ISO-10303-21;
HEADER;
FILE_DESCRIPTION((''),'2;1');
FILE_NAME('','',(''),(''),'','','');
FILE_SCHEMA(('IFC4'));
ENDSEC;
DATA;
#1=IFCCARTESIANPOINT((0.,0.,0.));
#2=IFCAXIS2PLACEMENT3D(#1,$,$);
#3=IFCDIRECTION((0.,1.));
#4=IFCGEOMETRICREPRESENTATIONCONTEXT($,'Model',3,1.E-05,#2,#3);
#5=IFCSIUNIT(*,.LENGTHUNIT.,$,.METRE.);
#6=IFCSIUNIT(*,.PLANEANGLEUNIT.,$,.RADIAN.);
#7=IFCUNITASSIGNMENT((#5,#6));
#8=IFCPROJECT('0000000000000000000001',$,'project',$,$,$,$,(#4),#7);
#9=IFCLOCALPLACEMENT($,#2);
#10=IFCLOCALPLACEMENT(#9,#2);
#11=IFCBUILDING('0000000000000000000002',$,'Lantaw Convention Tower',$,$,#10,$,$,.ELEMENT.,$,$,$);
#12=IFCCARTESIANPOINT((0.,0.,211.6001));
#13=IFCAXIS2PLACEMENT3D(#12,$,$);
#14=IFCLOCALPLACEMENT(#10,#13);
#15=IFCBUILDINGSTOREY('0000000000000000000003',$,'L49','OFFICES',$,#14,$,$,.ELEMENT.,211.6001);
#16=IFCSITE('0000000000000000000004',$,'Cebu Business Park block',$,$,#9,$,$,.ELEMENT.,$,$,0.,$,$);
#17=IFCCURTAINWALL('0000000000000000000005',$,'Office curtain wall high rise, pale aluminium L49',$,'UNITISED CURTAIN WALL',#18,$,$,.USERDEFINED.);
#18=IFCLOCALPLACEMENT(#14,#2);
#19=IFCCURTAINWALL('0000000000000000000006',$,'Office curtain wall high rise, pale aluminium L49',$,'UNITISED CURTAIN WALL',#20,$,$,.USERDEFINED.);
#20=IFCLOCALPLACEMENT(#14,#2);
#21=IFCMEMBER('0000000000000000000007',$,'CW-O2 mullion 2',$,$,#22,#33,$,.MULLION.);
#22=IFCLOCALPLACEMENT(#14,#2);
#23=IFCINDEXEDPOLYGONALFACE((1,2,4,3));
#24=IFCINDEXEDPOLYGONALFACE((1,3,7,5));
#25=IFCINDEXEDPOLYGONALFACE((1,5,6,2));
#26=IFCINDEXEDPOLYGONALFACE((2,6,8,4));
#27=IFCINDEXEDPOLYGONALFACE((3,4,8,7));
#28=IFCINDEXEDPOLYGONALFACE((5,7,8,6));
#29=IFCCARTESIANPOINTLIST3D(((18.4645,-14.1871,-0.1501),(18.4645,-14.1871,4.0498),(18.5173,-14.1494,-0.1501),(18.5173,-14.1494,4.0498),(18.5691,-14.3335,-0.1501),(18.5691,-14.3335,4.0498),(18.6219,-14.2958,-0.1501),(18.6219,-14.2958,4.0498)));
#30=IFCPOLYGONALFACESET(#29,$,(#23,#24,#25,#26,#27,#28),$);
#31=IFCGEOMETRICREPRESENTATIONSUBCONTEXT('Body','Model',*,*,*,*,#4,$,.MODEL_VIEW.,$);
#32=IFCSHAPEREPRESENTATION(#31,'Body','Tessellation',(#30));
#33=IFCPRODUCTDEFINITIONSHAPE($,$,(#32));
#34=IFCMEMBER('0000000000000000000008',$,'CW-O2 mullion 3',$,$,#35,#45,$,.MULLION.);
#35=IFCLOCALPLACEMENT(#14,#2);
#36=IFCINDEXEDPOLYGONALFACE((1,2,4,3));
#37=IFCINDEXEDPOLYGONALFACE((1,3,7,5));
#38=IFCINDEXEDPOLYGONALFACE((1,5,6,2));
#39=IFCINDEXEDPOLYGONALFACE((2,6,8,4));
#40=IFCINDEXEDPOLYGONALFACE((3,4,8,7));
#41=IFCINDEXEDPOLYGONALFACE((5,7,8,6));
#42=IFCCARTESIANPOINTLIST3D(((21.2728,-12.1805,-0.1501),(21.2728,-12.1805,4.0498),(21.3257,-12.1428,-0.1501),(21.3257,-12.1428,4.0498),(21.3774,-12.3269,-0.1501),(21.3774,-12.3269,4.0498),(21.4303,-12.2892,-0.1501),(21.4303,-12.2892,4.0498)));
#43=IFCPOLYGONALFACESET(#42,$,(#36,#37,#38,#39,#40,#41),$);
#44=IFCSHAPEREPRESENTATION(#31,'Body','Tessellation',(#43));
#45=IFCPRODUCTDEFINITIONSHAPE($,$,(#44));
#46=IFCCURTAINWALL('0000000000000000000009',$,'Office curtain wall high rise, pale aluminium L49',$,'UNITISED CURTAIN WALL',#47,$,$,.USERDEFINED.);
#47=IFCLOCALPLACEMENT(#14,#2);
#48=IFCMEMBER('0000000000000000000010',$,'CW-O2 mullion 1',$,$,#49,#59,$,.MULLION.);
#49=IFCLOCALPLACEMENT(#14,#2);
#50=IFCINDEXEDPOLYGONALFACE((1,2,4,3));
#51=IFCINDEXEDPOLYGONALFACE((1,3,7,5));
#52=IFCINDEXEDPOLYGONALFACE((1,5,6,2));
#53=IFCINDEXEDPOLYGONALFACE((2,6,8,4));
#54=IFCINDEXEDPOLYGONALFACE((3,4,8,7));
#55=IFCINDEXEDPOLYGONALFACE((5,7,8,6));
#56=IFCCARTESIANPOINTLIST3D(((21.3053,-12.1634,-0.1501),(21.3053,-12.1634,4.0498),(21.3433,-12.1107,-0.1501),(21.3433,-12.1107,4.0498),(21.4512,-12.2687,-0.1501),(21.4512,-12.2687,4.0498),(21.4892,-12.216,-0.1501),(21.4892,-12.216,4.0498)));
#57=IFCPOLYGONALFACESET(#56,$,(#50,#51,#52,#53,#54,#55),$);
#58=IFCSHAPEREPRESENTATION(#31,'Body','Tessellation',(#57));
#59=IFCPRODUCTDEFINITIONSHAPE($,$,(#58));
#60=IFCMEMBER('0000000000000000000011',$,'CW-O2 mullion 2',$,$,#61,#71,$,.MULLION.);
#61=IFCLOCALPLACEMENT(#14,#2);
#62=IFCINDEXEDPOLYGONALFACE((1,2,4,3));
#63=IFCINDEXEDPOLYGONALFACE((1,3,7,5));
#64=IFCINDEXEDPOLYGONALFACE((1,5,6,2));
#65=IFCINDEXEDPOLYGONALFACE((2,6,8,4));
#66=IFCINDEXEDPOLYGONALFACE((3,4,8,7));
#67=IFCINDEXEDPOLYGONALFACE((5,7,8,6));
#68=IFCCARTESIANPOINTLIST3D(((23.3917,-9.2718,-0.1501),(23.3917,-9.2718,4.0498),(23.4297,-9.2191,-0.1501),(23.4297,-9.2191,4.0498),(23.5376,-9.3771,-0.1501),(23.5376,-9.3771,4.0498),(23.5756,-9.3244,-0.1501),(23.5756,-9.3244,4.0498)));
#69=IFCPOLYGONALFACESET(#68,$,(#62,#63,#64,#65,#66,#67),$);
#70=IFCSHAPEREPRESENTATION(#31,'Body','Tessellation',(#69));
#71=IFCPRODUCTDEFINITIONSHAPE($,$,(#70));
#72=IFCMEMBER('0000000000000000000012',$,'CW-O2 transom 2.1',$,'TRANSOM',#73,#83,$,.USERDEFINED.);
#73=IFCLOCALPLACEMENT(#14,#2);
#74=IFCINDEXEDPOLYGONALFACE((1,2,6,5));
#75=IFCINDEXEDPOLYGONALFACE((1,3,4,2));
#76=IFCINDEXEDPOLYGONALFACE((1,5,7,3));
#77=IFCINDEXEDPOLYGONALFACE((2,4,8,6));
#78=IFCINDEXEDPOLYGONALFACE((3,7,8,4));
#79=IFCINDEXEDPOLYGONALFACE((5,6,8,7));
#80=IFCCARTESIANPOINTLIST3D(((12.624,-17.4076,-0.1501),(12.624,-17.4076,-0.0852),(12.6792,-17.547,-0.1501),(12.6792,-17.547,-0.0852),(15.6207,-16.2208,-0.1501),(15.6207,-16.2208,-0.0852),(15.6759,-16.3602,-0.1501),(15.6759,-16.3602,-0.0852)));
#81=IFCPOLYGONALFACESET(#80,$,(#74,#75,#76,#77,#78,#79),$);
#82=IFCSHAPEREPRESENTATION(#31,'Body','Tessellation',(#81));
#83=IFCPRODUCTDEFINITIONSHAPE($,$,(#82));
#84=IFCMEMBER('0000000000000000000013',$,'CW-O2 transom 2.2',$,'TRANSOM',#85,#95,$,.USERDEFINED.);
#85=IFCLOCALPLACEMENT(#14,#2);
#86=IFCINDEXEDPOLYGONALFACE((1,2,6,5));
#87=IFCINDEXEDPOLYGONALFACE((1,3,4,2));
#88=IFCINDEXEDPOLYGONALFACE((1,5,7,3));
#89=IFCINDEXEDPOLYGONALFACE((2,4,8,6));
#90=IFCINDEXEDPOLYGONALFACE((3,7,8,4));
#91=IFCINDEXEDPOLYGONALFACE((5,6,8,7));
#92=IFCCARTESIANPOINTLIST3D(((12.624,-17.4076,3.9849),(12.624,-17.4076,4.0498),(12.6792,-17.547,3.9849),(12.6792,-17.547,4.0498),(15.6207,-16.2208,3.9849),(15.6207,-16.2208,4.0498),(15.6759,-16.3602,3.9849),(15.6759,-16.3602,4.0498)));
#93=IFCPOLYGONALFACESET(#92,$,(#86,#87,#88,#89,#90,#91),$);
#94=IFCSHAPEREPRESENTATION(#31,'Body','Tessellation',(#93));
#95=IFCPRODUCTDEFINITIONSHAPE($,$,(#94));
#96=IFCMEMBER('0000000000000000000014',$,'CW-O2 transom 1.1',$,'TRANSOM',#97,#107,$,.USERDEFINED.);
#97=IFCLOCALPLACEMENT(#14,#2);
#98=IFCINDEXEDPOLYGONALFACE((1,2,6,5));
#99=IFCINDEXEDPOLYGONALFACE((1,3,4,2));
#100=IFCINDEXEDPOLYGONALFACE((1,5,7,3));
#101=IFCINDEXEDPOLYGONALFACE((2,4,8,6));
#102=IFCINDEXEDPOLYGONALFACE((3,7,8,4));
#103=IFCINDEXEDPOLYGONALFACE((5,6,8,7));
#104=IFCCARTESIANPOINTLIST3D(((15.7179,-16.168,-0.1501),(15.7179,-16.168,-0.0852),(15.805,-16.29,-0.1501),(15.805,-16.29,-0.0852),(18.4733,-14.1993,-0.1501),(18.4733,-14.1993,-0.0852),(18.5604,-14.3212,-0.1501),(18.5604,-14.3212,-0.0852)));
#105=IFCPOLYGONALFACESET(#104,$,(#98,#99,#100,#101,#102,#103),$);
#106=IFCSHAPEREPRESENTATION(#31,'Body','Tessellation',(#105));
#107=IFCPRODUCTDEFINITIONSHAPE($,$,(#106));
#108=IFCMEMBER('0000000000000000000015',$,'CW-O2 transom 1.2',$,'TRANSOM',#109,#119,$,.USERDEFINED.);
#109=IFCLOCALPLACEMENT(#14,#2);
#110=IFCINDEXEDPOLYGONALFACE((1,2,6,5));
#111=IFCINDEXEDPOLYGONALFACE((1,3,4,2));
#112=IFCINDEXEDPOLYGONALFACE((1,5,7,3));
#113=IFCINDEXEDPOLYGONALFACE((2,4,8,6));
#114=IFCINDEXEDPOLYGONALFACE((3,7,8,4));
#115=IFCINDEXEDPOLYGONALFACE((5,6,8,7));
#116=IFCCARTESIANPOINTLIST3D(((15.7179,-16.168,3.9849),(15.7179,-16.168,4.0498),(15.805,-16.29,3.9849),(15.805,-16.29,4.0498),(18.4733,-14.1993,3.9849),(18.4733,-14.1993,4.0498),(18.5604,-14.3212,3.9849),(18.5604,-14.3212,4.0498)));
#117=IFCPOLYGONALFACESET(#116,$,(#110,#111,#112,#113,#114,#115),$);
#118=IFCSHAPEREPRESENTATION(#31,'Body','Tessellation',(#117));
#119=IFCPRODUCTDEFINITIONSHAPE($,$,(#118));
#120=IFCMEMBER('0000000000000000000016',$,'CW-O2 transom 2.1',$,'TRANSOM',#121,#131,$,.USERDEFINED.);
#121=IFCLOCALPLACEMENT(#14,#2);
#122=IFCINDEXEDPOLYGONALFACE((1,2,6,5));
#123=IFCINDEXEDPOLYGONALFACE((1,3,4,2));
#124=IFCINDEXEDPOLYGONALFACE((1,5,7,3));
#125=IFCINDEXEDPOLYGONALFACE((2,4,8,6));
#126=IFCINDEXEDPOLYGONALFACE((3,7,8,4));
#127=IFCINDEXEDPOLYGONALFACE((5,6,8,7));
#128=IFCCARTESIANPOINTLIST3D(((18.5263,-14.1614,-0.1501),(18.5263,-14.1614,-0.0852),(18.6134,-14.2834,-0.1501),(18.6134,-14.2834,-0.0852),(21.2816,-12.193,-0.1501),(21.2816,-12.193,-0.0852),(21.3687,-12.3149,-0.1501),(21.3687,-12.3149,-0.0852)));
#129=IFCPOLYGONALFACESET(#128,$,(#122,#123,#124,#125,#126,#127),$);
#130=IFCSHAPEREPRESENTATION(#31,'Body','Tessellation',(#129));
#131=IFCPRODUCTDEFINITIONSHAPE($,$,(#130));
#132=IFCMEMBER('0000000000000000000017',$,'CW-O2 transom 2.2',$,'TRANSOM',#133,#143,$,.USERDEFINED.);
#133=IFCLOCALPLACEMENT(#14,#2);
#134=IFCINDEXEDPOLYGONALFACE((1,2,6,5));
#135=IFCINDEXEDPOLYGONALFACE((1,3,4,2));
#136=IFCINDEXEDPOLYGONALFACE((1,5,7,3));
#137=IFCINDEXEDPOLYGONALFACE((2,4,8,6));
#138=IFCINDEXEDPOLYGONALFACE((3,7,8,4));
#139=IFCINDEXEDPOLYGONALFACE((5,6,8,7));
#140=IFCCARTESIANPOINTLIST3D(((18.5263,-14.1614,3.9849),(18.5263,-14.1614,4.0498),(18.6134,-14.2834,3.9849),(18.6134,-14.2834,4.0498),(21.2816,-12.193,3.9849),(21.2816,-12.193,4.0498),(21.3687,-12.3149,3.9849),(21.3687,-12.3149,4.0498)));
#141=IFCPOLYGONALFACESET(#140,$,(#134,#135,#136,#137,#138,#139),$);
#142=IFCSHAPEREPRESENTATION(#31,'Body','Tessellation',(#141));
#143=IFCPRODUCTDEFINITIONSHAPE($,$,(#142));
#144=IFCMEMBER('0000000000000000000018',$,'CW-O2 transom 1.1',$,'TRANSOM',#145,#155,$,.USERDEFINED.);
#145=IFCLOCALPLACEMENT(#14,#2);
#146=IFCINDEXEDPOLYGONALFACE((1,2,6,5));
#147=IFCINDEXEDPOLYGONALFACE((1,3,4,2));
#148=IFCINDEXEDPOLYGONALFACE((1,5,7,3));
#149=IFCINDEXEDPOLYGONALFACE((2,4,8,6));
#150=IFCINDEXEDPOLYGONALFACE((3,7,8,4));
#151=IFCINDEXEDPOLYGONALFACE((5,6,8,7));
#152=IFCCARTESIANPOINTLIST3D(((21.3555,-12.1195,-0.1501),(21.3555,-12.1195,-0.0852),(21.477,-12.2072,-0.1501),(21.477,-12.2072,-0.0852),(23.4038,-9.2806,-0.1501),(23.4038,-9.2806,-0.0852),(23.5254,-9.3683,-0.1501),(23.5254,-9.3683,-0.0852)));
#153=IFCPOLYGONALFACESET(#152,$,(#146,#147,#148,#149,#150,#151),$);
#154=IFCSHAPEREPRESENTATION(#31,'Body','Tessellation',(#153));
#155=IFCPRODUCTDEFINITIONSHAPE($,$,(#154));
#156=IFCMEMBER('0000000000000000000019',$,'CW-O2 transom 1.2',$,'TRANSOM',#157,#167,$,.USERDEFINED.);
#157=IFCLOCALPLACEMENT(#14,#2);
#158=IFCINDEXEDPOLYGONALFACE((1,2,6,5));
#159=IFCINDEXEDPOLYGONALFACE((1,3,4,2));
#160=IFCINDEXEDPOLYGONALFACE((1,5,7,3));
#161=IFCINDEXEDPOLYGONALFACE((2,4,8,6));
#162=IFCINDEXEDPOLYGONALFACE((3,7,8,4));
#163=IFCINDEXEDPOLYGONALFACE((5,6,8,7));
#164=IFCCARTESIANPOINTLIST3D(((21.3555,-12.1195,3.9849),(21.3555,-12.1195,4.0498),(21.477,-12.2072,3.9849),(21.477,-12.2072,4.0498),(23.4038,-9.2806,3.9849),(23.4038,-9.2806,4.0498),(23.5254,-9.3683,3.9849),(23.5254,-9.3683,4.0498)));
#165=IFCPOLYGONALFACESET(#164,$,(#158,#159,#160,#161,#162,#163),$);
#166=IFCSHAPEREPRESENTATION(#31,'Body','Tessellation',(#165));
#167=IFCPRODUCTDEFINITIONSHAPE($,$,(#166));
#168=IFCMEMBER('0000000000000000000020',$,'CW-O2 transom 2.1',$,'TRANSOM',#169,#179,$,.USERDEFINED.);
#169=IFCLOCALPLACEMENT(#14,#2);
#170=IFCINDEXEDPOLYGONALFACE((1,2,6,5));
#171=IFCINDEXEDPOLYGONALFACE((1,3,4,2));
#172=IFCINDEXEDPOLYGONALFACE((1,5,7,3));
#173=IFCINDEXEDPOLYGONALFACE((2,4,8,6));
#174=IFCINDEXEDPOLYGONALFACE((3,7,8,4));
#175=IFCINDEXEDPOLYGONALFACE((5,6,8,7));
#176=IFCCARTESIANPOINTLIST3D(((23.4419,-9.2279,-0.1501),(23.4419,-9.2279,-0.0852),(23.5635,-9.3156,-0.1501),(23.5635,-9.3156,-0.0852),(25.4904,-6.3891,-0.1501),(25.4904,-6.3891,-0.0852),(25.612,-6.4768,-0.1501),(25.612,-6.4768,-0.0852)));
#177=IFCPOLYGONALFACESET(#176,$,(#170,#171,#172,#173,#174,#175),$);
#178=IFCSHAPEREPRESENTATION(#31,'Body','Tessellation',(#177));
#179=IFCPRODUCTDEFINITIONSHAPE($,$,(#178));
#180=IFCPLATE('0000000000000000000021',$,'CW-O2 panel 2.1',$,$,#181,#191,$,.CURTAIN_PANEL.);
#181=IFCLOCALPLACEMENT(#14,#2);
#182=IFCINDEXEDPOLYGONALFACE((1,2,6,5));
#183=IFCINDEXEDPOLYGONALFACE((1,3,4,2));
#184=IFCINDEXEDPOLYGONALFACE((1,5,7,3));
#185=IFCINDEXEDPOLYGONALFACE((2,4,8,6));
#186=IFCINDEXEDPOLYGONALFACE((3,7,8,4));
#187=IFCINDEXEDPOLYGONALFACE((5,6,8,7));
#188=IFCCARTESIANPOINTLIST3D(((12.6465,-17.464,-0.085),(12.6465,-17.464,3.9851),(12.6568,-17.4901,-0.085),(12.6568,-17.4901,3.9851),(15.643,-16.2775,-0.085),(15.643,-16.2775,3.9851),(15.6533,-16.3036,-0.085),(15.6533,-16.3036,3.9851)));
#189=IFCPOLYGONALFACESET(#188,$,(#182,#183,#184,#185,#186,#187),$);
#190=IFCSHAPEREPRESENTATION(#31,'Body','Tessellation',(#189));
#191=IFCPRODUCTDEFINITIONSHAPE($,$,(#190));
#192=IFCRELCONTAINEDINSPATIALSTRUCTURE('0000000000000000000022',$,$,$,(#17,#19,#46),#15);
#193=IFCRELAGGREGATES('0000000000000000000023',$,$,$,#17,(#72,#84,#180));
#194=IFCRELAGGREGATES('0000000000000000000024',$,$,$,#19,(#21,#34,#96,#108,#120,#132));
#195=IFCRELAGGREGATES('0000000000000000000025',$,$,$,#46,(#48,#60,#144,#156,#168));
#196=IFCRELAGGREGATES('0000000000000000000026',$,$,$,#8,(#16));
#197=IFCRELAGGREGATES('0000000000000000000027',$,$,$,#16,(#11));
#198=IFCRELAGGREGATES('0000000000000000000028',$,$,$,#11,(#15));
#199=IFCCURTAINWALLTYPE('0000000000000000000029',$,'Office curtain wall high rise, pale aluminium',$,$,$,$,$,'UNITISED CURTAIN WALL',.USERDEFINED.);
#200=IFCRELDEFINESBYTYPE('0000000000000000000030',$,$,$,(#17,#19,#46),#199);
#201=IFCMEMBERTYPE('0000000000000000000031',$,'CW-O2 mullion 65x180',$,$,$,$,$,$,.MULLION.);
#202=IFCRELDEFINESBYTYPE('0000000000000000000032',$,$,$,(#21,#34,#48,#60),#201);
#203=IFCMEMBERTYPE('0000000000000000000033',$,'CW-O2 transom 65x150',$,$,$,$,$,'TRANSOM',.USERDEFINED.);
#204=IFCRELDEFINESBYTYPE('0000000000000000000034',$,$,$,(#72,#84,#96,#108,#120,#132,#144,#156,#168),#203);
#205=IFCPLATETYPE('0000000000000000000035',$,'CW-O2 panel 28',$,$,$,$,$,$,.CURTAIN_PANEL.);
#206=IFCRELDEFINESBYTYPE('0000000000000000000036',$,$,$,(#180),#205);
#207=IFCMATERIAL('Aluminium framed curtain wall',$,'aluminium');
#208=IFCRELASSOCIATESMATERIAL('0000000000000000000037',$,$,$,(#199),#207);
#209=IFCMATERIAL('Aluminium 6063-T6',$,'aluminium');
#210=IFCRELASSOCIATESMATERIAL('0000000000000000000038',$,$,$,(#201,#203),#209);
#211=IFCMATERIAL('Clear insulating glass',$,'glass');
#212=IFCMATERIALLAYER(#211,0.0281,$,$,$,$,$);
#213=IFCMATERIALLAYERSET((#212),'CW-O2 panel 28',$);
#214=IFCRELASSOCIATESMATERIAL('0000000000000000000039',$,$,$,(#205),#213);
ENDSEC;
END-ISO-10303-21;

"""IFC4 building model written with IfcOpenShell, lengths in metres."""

from ifc_helpers import new_model, si_unit, direction, frame, origin, origin_2d, place, context, subcontext, project, spatial, rectangle, extrude, material, layer, layer_set, material_profile, profile_set, type_object, element, aggregate, save


model = new_model("IFC4")

# Units and contexts
model_context = context("Model", 3, precision=1e-05, world=origin(), true_north=direction((0.0, 1.0)))
body_context = subcontext(model_context, "Body", "Model", "MODEL_VIEW")
ifc_project = project(units=[si_unit("LENGTHUNIT", "METRE"), si_unit("PLANEANGLEUNIT", "RADIAN")], contexts=[model_context])

# Site, building, storey
site_placement = place(None, origin())
site = spatial("IfcSite", under=ifc_project, at=site_placement, Name="Cebu Business Park block", CompositionType="ELEMENT", RefElevation=0.0)
building_placement = place(site_placement, origin())
building = spatial("IfcBuilding", under=site, at=building_placement, Name="Lantaw Convention Tower", CompositionType="ELEMENT")
storey_placement = place(building_placement, frame((0.0, 0.0, 211.6001)))
storey = spatial("IfcBuildingStorey", under=building, at=storey_placement, Name="L49", Description="OFFICES", CompositionType="ELEMENT", Elevation=211.6001)

# Curtain walls, members
ifc_material_1 = material(Name="Aluminium framed curtain wall", Category="aluminium")
curtain_wall_type = type_object("IfcCurtainWallType", Name="Office curtain wall high rise, pale aluminium", ElementType="UNITISED CURTAIN WALL", PredefinedType="USERDEFINED", material=ifc_material_1)
curtain_wall_1_placement = place(storey_placement, origin())
curtain_wall_1 = element("IfcCurtainWall", 1, at=curtain_wall_1_placement, inside=storey, type_object=curtain_wall_type, Name="Office curtain wall high rise, pale aluminium L49", ObjectType="UNITISED CURTAIN WALL", PredefinedType="USERDEFINED")
ifc_material_2 = material(Name="Aluminium 6063-T6", Category="aluminium")
ifc_material_profile_1 = material_profile(ifc_material_2, rectangle(XDim=0.1799, YDim=0.0649, at=origin_2d()), Name="CW-O2 mullion 65x180")
ifc_profile_set_1 = profile_set([ifc_material_profile_1], Name="Aluminium 6063-T6")
member_type_1 = type_object("IfcMemberType", Name="CW-O2 mullion 65x180", PredefinedType="MULLION", material=ifc_profile_set_1)
curtain_wall_2_placement = place(storey_placement, origin())
curtain_wall_2 = element("IfcCurtainWall", 2, at=curtain_wall_2_placement, inside=storey, type_object=curtain_wall_type, Name="Office curtain wall high rise, pale aluminium L49", ObjectType="UNITISED CURTAIN WALL", PredefinedType="USERDEFINED")
member_1_placement = place(storey_placement, frame((18.5432, -14.2415, -0.1501), z_axis=(0.0, 0.0, 1.0), x_axis=(-0.581323, 0.813673, 0.0)))
member_1 = element("IfcMember", 3, at=member_1_placement, type_object=member_type_1, Name="CW-O2 mullion 2", PredefinedType="MULLION", context=body_context, shape_type="SweptSolid", body=[
    extrude(rectangle(XDim=0.1799, YDim=0.0649, at=origin_2d()), origin(), (0.0, 0.0, 1.0), 4.2),
])
member_2_placement = place(storey_placement, frame((21.3516, -12.2349, -0.1501), z_axis=(0.0, 0.0, 1.0), x_axis=(-0.581323, 0.813673, 0.0)))
member_2 = element("IfcMember", 4, at=member_2_placement, type_object=member_type_1, Name="CW-O2 mullion 3", PredefinedType="MULLION", context=body_context, shape_type="SweptSolid", body=[
    extrude(rectangle(XDim=0.1799, YDim=0.0649, at=origin_2d()), origin(), (0.0, 0.0, 1.0), 4.2),
])
curtain_wall_3_placement = place(storey_placement, origin())
curtain_wall_3 = element("IfcCurtainWall", 5, at=curtain_wall_3_placement, inside=storey, type_object=curtain_wall_type, Name="Office curtain wall high rise, pale aluminium L49", ObjectType="UNITISED CURTAIN WALL", PredefinedType="USERDEFINED")
member_3_placement = place(storey_placement, frame((21.3972, -12.1897, -0.1501), z_axis=(0.0, 0.0, 1.0), x_axis=(-0.81092, 0.585158, 0.0)))
member_3 = element("IfcMember", 6, at=member_3_placement, type_object=member_type_1, Name="CW-O2 mullion 1", PredefinedType="MULLION", context=body_context, shape_type="SweptSolid", body=[
    extrude(rectangle(XDim=0.1799, YDim=0.0649, at=origin_2d()), origin(), (0.0, 0.0, 1.0), 4.2),
])
member_4_placement = place(storey_placement, frame((23.4836, -9.2981, -0.1501), z_axis=(0.0, 0.0, 1.0), x_axis=(-0.81092, 0.585158, 0.0)))
member_4 = element("IfcMember", 7, at=member_4_placement, type_object=member_type_1, Name="CW-O2 mullion 2", PredefinedType="MULLION", context=body_context, shape_type="SweptSolid", body=[
    extrude(rectangle(XDim=0.1799, YDim=0.0649, at=origin_2d()), origin(), (0.0, 0.0, 1.0), 4.2),
])

# Members
ifc_material_profile_2 = material_profile(ifc_material_2, rectangle(XDim=0.1499, YDim=0.0649, at=origin_2d()), Name="CW-O2 transom 65x150")
ifc_profile_set_2 = profile_set([ifc_material_profile_2], Name="Aluminium 6063-T6")
member_type_2 = type_object("IfcMemberType", Name="CW-O2 transom 65x150", ElementType="TRANSOM", PredefinedType="USERDEFINED", material=ifc_profile_set_2)
member_5_placement = place(storey_placement, frame((12.6516, -17.4773, -0.1177), z_axis=(0.929741, 0.368215, 0.0), x_axis=(-0.368215, 0.929741, 0.0)))
member_5 = element("IfcMember", 8, at=member_5_placement, type_object=member_type_2, Name="CW-O2 transom 2.1", ObjectType="TRANSOM", PredefinedType="USERDEFINED", context=body_context, shape_type="SweptSolid", body=[
    extrude(rectangle(XDim=0.1499, YDim=0.0649, at=origin_2d()), origin(), (0.0, 0.0, 1.0), 3.2231),
])
member_6_placement = place(storey_placement, frame((12.6516, -17.4773, 4.0173), z_axis=(0.929741, 0.368215, 0.0), x_axis=(-0.368215, 0.929741, 0.0)))
member_6 = element("IfcMember", 9, at=member_6_placement, type_object=member_type_2, Name="CW-O2 transom 2.2", ObjectType="TRANSOM", PredefinedType="USERDEFINED", context=body_context, shape_type="SweptSolid", body=[
    extrude(rectangle(XDim=0.1499, YDim=0.0649, at=origin_2d()), origin(), (0.0, 0.0, 1.0), 3.2231),
])
member_7_placement = place(storey_placement, frame((15.7615, -16.229, -0.1177), z_axis=(0.813646, 0.581361, 0.0), x_axis=(-0.581361, 0.813646, 0.0)))
member_7 = element("IfcMember", 10, at=member_7_placement, type_object=member_type_2, Name="CW-O2 transom 1.1", ObjectType="TRANSOM", PredefinedType="USERDEFINED", context=body_context, shape_type="SweptSolid", body=[
    extrude(rectangle(XDim=0.1499, YDim=0.0649, at=origin_2d()), origin(), (0.0, 0.0, 1.0), 3.3865),
])
member_8_placement = place(storey_placement, frame((15.7615, -16.229, 4.0173), z_axis=(0.813646, 0.581361, 0.0), x_axis=(-0.581361, 0.813646, 0.0)))
member_8 = element("IfcMember", 11, at=member_8_placement, type_object=member_type_2, Name="CW-O2 transom 1.2", ObjectType="TRANSOM", PredefinedType="USERDEFINED", context=body_context, shape_type="SweptSolid", body=[
    extrude(rectangle(XDim=0.1499, YDim=0.0649, at=origin_2d()), origin(), (0.0, 0.0, 1.0), 3.3865),
])
member_9_placement = place(storey_placement, frame((18.5698, -14.2224, -0.1177), z_axis=(0.81368, 0.581313, 0.0), x_axis=(-0.581313, 0.81368, 0.0)))
member_9 = element("IfcMember", 12, at=member_9_placement, type_object=member_type_2, Name="CW-O2 transom 2.1", ObjectType="TRANSOM", PredefinedType="USERDEFINED", context=body_context, shape_type="SweptSolid", body=[
    extrude(rectangle(XDim=0.1499, YDim=0.0649, at=origin_2d()), origin(), (0.0, 0.0, 1.0), 3.3862),
])
member_10_placement = place(storey_placement, frame((18.5698, -14.2224, 4.0173), z_axis=(0.81368, 0.581313, 0.0), x_axis=(-0.581313, 0.81368, 0.0)))
member_10 = element("IfcMember", 13, at=member_10_placement, type_object=member_type_2, Name="CW-O2 transom 2.2", ObjectType="TRANSOM", PredefinedType="USERDEFINED", context=body_context, shape_type="SweptSolid", body=[
    extrude(rectangle(XDim=0.1499, YDim=0.0649, at=origin_2d()), origin(), (0.0, 0.0, 1.0), 3.3862),
])
member_11_placement = place(storey_placement, frame((21.4163, -12.1633, -0.1177), z_axis=(0.585124, 0.810944, 0.0), x_axis=(-0.810944, 0.585124, 0.0)))
member_11 = element("IfcMember", 14, at=member_11_placement, type_object=member_type_2, Name="CW-O2 transom 1.1", ObjectType="TRANSOM", PredefinedType="USERDEFINED", context=body_context, shape_type="SweptSolid", body=[
    extrude(rectangle(XDim=0.1499, YDim=0.0649, at=origin_2d()), origin(), (0.0, 0.0, 1.0), 3.5007),
])
member_12_placement = place(storey_placement, frame((21.4163, -12.1633, 4.0173), z_axis=(0.585124, 0.810944, 0.0), x_axis=(-0.810944, 0.585124, 0.0)))
member_12 = element("IfcMember", 15, at=member_12_placement, type_object=member_type_2, Name="CW-O2 transom 1.2", ObjectType="TRANSOM", PredefinedType="USERDEFINED", context=body_context, shape_type="SweptSolid", body=[
    extrude(rectangle(XDim=0.1499, YDim=0.0649, at=origin_2d()), origin(), (0.0, 0.0, 1.0), 3.5007),
])
member_13_placement = place(storey_placement, frame((23.5027, -9.2717, -0.1177), z_axis=(0.58517, 0.810911, 0.0), x_axis=(-0.810911, 0.58517, 0.0)))
member_13 = element("IfcMember", 16, at=member_13_placement, type_object=member_type_2, Name="CW-O2 transom 2.1", ObjectType="TRANSOM", PredefinedType="USERDEFINED", context=body_context, shape_type="SweptSolid", body=[
    extrude(rectangle(XDim=0.1499, YDim=0.0649, at=origin_2d()), origin(), (0.0, 0.0, 1.0), 3.5007),
])

# Plate
ifc_material_3 = material(Name="Clear insulating glass", Category="glass")
ifc_layer_1 = layer(ifc_material_3, 0.0281)
ifc_layer_set_1 = layer_set([ifc_layer_1], Name="CW-O2 panel 28")
plate_type_1 = type_object("IfcPlateType", Name="CW-O2 panel 28", PredefinedType="CURTAIN_PANEL", material=ifc_layer_set_1)
plate_1_placement = place(storey_placement, frame((14.1499, -16.8838, -0.085), z_axis=(0.0, 0.0, 1.0), x_axis=(0.929762, 0.368162, 0.0)))
plate_1 = element("IfcPlate", 17, at=plate_1_placement, type_object=plate_type_1, Name="CW-O2 panel 2.1", PredefinedType="CURTAIN_PANEL", context=body_context, shape_type="SweptSolid", body=[
    extrude(rectangle(XDim=3.2229, YDim=0.0281, at=origin_2d()), origin(), (0.0, 0.0, 1.0), 4.0701),
])
aggregate(curtain_wall_1, [member_5, member_6, plate_1])
aggregate(curtain_wall_2, [member_1, member_2, member_7, member_8, member_9, member_10])
aggregate(curtain_wall_3, [member_3, member_4, member_11, member_12, member_13])

save(model, "model.ifc")
